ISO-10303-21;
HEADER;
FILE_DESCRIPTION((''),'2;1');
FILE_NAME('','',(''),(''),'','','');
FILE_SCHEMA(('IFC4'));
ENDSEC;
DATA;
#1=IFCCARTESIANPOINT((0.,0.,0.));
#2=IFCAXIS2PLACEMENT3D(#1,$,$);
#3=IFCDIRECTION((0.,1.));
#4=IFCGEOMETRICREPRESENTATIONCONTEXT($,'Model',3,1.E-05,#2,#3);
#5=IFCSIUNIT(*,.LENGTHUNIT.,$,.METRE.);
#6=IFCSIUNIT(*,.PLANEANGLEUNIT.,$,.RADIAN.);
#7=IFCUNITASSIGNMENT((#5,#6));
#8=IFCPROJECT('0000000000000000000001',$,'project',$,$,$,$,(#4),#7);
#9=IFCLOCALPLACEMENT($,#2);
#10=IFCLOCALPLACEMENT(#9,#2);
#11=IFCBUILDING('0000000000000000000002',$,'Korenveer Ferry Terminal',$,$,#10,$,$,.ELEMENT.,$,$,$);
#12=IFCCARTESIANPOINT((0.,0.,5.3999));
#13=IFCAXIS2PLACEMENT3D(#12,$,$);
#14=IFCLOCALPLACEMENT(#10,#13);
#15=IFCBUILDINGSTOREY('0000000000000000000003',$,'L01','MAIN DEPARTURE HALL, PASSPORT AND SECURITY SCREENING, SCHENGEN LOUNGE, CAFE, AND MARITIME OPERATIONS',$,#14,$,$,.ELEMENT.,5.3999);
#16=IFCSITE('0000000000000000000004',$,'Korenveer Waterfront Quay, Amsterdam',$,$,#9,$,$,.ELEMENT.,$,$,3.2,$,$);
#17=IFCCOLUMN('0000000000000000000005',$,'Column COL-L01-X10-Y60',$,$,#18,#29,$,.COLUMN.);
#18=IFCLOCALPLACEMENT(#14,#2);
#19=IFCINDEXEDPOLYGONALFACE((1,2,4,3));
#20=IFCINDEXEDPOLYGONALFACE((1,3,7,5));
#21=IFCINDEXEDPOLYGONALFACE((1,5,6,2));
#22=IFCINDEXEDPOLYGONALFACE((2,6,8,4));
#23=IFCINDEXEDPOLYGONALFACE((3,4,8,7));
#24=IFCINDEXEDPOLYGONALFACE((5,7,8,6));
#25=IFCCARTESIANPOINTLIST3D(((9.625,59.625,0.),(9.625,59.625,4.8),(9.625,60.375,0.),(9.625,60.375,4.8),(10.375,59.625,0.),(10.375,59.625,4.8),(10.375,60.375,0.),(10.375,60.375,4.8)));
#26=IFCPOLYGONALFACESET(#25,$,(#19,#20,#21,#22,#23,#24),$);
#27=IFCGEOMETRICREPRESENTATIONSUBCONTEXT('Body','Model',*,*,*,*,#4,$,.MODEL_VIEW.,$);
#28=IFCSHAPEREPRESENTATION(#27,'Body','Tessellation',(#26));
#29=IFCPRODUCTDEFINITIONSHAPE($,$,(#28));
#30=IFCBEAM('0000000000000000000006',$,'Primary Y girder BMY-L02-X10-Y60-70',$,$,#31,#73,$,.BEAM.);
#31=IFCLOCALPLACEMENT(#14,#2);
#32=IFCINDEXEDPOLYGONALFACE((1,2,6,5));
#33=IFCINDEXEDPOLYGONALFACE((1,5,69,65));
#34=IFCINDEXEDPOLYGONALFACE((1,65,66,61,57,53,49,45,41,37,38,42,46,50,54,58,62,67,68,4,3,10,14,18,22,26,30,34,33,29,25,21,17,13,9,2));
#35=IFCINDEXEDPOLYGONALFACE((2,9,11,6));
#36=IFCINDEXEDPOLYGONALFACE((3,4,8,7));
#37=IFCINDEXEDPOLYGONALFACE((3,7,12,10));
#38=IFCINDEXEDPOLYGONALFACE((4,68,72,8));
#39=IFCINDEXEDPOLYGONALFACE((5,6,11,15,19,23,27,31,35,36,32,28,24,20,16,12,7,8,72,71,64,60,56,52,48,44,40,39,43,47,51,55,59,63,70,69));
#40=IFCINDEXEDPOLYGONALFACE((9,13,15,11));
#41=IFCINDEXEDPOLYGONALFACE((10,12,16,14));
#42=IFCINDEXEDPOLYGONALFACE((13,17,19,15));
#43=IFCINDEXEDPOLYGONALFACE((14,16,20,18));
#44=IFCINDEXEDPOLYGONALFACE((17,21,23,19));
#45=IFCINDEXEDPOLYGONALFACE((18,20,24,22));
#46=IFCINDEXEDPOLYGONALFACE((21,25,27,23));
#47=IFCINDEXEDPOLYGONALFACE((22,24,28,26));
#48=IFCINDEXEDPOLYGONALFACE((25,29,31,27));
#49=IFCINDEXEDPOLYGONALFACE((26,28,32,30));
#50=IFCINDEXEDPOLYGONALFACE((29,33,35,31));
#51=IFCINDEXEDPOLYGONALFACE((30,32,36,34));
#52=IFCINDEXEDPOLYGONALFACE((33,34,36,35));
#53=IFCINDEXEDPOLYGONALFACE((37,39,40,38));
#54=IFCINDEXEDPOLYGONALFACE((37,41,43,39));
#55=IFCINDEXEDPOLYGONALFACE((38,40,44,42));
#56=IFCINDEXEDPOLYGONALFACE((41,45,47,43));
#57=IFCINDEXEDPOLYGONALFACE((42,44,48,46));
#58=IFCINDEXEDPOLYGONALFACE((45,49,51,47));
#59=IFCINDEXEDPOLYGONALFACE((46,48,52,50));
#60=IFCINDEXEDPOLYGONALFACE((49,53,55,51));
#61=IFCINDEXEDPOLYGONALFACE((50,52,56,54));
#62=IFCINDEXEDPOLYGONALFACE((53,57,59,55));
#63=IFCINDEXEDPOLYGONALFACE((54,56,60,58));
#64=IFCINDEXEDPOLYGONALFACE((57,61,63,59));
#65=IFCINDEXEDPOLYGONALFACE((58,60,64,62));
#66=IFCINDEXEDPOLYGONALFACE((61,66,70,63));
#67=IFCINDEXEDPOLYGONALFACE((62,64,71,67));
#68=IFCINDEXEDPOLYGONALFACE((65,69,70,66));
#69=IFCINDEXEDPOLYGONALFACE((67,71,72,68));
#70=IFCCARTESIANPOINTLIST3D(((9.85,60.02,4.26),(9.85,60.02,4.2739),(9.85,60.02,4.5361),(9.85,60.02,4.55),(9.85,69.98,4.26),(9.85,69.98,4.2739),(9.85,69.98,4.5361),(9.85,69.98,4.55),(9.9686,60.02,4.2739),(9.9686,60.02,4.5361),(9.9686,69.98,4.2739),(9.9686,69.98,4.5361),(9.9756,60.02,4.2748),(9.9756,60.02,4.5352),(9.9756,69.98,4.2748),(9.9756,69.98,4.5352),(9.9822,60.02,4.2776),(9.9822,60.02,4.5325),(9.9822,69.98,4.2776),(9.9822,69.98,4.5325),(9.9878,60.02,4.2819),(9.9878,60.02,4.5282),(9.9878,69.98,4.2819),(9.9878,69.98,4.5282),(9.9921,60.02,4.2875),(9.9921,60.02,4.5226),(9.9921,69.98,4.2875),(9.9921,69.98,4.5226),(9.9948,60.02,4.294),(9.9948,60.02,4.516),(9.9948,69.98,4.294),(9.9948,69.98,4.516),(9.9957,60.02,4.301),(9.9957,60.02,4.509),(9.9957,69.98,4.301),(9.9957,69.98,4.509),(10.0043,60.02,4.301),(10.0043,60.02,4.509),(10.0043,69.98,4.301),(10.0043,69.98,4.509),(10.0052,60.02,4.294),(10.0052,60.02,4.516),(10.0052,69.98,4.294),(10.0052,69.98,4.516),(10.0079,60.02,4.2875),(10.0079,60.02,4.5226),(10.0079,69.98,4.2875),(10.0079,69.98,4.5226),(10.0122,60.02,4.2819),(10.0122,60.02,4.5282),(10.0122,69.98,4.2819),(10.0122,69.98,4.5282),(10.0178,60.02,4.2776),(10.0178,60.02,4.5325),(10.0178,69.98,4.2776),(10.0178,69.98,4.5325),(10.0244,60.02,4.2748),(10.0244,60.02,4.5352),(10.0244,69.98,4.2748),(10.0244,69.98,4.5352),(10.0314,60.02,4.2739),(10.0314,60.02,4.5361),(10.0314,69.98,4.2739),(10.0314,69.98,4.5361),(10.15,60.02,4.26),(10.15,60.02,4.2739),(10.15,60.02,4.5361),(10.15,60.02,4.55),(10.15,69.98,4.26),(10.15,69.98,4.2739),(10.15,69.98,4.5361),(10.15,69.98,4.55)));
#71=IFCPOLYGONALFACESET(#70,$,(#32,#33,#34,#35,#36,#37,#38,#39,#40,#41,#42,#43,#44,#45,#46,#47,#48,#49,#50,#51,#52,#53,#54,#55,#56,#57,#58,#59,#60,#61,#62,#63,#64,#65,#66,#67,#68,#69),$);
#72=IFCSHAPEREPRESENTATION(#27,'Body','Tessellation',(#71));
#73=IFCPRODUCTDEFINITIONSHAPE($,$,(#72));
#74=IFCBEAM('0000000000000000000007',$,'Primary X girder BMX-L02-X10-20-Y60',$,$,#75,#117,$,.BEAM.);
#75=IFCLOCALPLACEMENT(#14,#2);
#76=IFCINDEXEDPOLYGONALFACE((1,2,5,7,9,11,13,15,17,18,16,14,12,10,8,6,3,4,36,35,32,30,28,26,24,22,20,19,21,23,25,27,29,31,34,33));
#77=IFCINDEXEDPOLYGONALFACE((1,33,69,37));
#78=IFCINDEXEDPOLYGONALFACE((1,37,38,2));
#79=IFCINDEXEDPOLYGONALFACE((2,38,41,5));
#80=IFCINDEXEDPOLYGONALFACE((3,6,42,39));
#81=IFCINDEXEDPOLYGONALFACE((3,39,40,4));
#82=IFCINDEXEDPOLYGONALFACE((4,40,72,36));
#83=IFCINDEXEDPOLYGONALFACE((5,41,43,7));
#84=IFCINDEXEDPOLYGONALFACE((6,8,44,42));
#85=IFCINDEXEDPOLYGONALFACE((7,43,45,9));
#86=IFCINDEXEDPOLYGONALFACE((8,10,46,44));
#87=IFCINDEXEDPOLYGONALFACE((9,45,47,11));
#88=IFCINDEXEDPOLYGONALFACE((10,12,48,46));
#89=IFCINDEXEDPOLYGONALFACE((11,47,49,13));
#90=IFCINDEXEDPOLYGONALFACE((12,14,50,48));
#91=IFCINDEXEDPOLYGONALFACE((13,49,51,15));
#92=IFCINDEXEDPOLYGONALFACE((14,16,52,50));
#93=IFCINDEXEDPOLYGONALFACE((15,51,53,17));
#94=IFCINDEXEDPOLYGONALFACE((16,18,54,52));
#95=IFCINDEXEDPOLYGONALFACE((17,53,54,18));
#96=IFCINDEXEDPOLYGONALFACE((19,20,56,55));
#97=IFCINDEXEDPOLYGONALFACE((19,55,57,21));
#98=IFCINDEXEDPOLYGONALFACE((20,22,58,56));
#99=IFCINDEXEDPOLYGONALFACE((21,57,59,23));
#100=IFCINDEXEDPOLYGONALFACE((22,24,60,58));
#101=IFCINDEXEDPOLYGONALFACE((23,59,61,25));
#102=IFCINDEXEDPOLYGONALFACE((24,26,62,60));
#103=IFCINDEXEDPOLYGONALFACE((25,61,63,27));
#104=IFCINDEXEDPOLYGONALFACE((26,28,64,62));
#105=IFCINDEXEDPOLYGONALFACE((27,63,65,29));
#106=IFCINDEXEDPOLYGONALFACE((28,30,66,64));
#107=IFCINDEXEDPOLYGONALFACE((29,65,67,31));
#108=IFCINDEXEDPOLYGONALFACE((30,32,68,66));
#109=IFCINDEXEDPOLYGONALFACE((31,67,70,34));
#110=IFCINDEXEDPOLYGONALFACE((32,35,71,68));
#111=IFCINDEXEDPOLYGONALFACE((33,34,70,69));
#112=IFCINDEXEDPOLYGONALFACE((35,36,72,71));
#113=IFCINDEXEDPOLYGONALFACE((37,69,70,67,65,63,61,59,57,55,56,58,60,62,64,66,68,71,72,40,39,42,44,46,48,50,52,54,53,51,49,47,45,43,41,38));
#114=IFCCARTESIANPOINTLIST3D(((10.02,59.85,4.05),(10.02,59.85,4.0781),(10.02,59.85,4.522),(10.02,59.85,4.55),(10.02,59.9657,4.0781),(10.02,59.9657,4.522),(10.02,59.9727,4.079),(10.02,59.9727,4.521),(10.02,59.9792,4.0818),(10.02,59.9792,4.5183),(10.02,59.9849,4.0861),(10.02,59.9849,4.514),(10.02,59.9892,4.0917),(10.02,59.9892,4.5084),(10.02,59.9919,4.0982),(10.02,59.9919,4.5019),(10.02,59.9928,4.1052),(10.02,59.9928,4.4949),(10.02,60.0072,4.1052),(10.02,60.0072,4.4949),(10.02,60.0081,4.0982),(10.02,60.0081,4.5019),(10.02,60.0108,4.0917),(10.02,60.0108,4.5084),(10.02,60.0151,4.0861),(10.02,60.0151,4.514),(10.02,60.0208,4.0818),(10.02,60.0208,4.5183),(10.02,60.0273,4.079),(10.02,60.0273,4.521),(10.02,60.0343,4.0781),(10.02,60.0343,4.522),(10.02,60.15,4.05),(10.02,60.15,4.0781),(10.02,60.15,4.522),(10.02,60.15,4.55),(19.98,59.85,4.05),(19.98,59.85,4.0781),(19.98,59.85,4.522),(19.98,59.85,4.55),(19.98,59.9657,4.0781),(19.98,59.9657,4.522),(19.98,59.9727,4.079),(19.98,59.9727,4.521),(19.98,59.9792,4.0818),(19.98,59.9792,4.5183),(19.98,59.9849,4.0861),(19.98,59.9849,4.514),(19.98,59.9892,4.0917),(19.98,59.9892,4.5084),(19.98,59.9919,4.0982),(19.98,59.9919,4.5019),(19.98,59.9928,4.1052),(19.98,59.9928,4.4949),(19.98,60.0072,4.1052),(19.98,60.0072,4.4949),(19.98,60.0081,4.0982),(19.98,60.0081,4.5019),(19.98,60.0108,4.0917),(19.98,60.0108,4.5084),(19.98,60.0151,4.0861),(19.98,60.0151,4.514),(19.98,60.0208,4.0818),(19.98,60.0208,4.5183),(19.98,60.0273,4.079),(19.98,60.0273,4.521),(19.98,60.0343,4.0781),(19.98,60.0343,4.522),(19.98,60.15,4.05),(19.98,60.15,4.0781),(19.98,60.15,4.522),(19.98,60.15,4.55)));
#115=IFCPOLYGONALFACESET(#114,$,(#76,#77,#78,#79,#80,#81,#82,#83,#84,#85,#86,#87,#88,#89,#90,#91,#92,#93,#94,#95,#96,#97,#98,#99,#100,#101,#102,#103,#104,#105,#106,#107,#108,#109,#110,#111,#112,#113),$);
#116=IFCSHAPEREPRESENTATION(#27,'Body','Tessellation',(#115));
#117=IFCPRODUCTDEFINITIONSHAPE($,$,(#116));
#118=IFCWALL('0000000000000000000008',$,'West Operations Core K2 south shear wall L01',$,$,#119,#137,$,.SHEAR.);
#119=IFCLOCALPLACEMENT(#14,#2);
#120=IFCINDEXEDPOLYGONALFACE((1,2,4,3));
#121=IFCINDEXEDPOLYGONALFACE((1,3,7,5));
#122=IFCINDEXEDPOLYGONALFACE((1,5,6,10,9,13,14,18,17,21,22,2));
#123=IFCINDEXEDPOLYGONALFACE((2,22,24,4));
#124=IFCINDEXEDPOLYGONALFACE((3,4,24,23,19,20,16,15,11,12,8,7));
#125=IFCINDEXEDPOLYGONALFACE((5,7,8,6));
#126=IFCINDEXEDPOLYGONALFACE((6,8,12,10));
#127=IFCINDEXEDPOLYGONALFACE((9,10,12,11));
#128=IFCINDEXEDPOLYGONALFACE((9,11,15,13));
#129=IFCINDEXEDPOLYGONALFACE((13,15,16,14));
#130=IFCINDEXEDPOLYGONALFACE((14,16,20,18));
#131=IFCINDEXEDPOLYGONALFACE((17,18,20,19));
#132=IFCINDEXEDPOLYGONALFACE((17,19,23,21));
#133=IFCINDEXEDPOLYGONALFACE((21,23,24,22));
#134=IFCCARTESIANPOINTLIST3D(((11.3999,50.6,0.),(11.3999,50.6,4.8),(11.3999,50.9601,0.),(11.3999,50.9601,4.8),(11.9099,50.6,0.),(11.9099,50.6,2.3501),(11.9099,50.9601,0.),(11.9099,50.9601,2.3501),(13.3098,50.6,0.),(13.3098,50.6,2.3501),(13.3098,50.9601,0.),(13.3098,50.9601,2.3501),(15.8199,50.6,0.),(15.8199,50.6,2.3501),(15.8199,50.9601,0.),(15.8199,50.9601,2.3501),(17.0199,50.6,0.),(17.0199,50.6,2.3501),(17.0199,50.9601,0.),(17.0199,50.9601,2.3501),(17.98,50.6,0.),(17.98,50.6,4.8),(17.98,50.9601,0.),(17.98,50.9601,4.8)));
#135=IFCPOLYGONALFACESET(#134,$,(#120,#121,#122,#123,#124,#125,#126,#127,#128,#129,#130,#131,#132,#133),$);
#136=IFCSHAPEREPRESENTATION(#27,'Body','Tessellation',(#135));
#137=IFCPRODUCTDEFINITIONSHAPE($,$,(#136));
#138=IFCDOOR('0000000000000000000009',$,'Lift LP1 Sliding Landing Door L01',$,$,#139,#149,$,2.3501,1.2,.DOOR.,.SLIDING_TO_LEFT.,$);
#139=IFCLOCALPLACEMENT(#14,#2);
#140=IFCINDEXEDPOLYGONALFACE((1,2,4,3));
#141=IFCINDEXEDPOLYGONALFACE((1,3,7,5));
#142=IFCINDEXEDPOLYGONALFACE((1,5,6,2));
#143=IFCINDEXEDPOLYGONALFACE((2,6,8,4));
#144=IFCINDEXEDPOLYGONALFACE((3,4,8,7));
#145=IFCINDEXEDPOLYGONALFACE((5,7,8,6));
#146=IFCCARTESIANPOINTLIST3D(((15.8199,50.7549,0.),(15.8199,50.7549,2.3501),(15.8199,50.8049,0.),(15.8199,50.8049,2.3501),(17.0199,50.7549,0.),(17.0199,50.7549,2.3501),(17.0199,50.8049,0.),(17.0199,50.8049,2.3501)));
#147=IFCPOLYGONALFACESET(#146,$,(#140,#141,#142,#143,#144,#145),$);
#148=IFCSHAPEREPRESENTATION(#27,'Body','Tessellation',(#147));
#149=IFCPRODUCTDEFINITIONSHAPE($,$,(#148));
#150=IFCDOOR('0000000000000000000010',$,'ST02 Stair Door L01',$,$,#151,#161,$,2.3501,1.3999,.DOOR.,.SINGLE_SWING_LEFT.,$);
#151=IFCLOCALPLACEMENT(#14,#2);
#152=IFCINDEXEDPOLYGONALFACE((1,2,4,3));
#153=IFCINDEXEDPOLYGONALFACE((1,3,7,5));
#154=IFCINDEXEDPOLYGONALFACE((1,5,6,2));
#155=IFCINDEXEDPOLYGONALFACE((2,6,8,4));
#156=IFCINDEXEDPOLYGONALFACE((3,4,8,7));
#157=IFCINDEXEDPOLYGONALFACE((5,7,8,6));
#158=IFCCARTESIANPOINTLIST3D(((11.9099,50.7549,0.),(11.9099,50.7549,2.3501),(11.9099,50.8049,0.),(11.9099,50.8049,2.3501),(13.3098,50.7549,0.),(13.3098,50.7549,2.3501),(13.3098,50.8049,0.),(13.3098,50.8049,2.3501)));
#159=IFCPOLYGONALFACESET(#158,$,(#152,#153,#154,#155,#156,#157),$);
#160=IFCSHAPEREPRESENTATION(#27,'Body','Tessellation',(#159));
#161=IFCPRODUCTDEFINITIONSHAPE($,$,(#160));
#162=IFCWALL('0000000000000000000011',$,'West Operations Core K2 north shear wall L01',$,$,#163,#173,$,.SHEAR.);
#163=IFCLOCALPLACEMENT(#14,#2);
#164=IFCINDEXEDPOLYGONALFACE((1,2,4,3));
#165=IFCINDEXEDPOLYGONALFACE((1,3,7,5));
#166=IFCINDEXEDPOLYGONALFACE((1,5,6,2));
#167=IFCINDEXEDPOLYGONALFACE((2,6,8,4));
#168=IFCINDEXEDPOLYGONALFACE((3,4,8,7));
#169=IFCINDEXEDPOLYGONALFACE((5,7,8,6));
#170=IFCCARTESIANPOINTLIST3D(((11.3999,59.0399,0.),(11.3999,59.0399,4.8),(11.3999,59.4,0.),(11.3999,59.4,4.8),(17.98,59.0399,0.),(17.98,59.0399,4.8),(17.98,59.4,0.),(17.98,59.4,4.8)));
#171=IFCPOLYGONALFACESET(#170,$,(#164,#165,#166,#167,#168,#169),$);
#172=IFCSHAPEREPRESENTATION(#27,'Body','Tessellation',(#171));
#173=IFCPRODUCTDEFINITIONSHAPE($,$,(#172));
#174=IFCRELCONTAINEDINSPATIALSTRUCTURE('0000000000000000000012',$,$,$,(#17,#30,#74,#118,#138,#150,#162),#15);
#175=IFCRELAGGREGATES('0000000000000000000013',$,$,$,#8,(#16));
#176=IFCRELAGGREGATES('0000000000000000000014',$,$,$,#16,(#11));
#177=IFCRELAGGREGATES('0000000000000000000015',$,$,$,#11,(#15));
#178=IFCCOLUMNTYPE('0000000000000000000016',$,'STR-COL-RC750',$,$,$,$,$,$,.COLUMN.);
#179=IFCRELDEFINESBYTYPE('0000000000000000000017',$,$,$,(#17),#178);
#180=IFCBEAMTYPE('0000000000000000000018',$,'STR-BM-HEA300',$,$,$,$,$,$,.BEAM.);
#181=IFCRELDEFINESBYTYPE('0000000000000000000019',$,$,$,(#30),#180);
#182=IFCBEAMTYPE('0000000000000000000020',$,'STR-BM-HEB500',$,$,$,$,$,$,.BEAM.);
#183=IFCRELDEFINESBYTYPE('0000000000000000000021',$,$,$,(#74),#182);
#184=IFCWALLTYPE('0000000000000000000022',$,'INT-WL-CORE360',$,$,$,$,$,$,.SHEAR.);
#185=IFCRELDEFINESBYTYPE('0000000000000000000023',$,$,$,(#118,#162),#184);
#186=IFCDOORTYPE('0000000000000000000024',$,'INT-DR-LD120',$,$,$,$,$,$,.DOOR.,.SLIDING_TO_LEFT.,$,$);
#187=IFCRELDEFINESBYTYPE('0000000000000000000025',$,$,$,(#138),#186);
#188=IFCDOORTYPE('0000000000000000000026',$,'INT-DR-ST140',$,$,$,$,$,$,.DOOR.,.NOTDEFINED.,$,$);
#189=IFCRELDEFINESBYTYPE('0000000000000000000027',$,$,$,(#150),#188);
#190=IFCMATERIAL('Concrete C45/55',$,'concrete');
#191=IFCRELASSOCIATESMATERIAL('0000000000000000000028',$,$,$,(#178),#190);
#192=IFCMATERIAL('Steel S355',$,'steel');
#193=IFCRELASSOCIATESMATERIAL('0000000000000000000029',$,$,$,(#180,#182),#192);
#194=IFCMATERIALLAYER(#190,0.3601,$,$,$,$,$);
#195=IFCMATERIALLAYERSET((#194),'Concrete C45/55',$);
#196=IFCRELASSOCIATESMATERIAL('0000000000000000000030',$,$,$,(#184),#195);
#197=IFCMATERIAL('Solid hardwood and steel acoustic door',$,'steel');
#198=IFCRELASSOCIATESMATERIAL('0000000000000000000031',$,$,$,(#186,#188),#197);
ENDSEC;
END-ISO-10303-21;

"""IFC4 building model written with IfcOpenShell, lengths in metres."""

from ifc_helpers import new_model, si_unit, direction, frame, frame_2d, origin, origin_2d, place, context, subcontext, project, spatial, rectangle, i_section, extrude, material, layer, layer_set, material_profile, profile_set, type_object, element, fill, save


model = new_model("IFC4")

# Units and contexts
model_context = context("Model", 3, precision=1e-05, world=origin(), true_north=direction((0.0, 1.0)))
body_context = subcontext(model_context, "Body", "Model", "MODEL_VIEW")
ifc_project = project(units=[si_unit("LENGTHUNIT", "METRE"), si_unit("PLANEANGLEUNIT", "RADIAN")], contexts=[model_context])

# Site, building, storey
site_placement = place(None, origin())
site = spatial("IfcSite", under=ifc_project, at=site_placement, Name="Korenveer Waterfront Quay, Amsterdam", CompositionType="ELEMENT", RefElevation=3.2)
building_placement = place(site_placement, origin())
building = spatial("IfcBuilding", under=site, at=building_placement, Name="Korenveer Ferry Terminal", CompositionType="ELEMENT")
storey_placement = place(building_placement, frame((0.0, 0.0, 5.3999)))
storey = spatial("IfcBuildingStorey", under=building, at=storey_placement, Name="L01", Description="MAIN DEPARTURE HALL, PASSPORT AND SECURITY SCREENING, SCHENGEN LOUNGE, CAFE, AND MARITIME OPERATIONS", CompositionType="ELEMENT", Elevation=5.3999)

# Column
ifc_material_1 = material(Name="Concrete C45/55", Category="concrete")
ifc_material_profile_1 = material_profile(ifc_material_1, rectangle(XDim=0.75, YDim=0.75, at=origin_2d()), Name="RC 750x750")
ifc_profile_set_1 = profile_set([ifc_material_profile_1], Name="Concrete C45/55")
column_type = type_object("IfcColumnType", Name="STR-COL-RC750", PredefinedType="COLUMN", material=ifc_profile_set_1)
column_placement = place(storey_placement, frame((10.0, 60.0, 0.0), z_axis=(0.0, 0.0, 1.0), x_axis=(1.0, 0.0, 0.0)))
element("IfcColumn", 1, at=column_placement, inside=storey, type_object=column_type, Name="Column COL-L01-X10-Y60", PredefinedType="COLUMN", context=body_context, shape_type="SweptSolid", body=[
    extrude(rectangle(XDim=0.75, YDim=0.75, at=origin_2d()), origin(), (0.0, 0.0, 1.0), 4.8),
])

# Beams
ifc_material_2 = material(Name="Steel S355", Category="steel")
ifc_material_profile_2 = material_profile(ifc_material_2, i_section(OverallWidth=0.3, OverallDepth=0.29, WebThickness=0.0085, FlangeThickness=0.0139, FilletRadius=0.0271, at=origin_2d()), Name="HEA 300")
ifc_profile_set_2 = profile_set([ifc_material_profile_2], Name="Steel S355")
beam_type_1 = type_object("IfcBeamType", Name="STR-BM-HEA300", PredefinedType="BEAM", material=ifc_profile_set_2)
beam_1_placement = place(storey_placement, frame((10.0, 60.02, 4.405), z_axis=(0.0, 1.0, 0.0), x_axis=(-1.0, 0.0, 0.0)))
element("IfcBeam", 2, at=beam_1_placement, inside=storey, type_object=beam_type_1, Name="Primary Y girder BMY-L02-X10-Y60-70", PredefinedType="BEAM", context=body_context, shape_type="SweptSolid", body=[
    extrude(i_section(OverallWidth=0.3, OverallDepth=0.29, WebThickness=0.0085, FlangeThickness=0.0139, FilletRadius=0.0271, at=origin_2d()), origin(), (0.0, 0.0, 1.0), 9.96),
])
ifc_material_profile_3 = material_profile(ifc_material_2, i_section(OverallWidth=0.3, OverallDepth=0.5, WebThickness=0.0144, FlangeThickness=0.0281, FilletRadius=0.0271, at=origin_2d()), Name="HEB 500")
ifc_profile_set_3 = profile_set([ifc_material_profile_3], Name="Steel S355")
beam_type_2 = type_object("IfcBeamType", Name="STR-BM-HEB500", PredefinedType="BEAM", material=ifc_profile_set_3)
beam_2_placement = place(storey_placement, frame((10.02, 60.0, 4.3), z_axis=(1.0, 0.0, 0.0), x_axis=(0.0, 1.0, 0.0)))
element("IfcBeam", 3, at=beam_2_placement, inside=storey, type_object=beam_type_2, Name="Primary X girder BMX-L02-X10-20-Y60", PredefinedType="BEAM", context=body_context, shape_type="SweptSolid", body=[
    extrude(i_section(OverallWidth=0.3, OverallDepth=0.5, WebThickness=0.0144, FlangeThickness=0.0281, FilletRadius=0.0271, at=origin_2d()), origin(), (0.0, 0.0, 1.0), 9.96),
])

# Wall, openings, doors
ifc_layer_1 = layer(ifc_material_1, 0.3601)
ifc_layer_set_1 = layer_set([ifc_layer_1], Name="Concrete C45/55")
wall_type_1 = type_object("IfcWallType", Name="INT-WL-CORE360", PredefinedType="SHEAR", material=ifc_layer_set_1)
wall_1_placement = place(storey_placement, frame((11.3999, 50.78, 0.0), z_axis=(0.0, 0.0, 1.0), x_axis=(1.0, 0.0, 0.0)))
wall_1 = element("IfcWall", 4, at=wall_1_placement, inside=storey, type_object=wall_type_1, Name="West Operations Core K2 south shear wall L01", PredefinedType="SHEAR", context=body_context, shape_type="SweptSolid", body=[
    extrude(rectangle(XDim=6.5801, YDim=0.3601, at=frame_2d((3.29, 0.0))), origin(), (0.0, 0.0, 1.0), 4.8),
])
opening_1_placement = place(wall_1_placement, frame((0.51, 0.0, 0.0)))
opening_1 = element("IfcOpeningElement", 5, at=opening_1_placement, cuts=wall_1, PredefinedType="OPENING", context=body_context, shape_type="SweptSolid", body=[
    extrude(rectangle(XDim=1.3999, YDim=2.3501, at=frame_2d((0.7, 1.175))), frame((0.0, 0.1899, 0.0), z_axis=(0.0, -1.0, 0.0), x_axis=(1.0, 0.0, 0.0)), (0.0, 0.0, 1.0), 0.3801),
])
opening_2_placement = place(wall_1_placement, frame((4.4199, 0.0, 0.0)))
opening_2 = element("IfcOpeningElement", 6, at=opening_2_placement, cuts=wall_1, PredefinedType="OPENING", context=body_context, shape_type="SweptSolid", body=[
    extrude(rectangle(XDim=1.2, YDim=2.3501, at=frame_2d((0.6001, 1.175))), frame((0.0, 0.1899, 0.0), z_axis=(0.0, -1.0, 0.0), x_axis=(1.0, 0.0, 0.0)), (0.0, 0.0, 1.0), 0.3801),
])
ifc_material_3 = material(Name="Solid hardwood and steel acoustic door", Category="steel")
door_type_1 = type_object("IfcDoorType", Name="INT-DR-LD120", OperationType="SLIDING_TO_LEFT", PredefinedType="DOOR", material=ifc_material_3)
door_1_placement = place(opening_2_placement, origin())
door_1 = element("IfcDoor", 7, at=door_1_placement, inside=storey, type_object=door_type_1, Name="Lift LP1 Sliding Landing Door L01", OperationType="SLIDING_TO_LEFT", OverallHeight=2.3501, OverallWidth=1.2, PredefinedType="DOOR", context=body_context, shape_type="SweptSolid", body=[
    extrude(rectangle(XDim=1.2, YDim=2.3501, at=frame_2d((0.6001, 1.175))), frame((0.0, 0.0249, 0.0), z_axis=(0.0, -1.0, 0.0), x_axis=(1.0, 0.0, 0.0)), (0.0, 0.0, 1.0), 0.05),
])
fill(opening_2, door_1)
door_type_2 = type_object("IfcDoorType", Name="INT-DR-ST140", OperationType="NOTDEFINED", PredefinedType="DOOR", material=ifc_material_3)
door_2_placement = place(opening_1_placement, origin())
door_2 = element("IfcDoor", 8, at=door_2_placement, inside=storey, type_object=door_type_2, Name="ST02 Stair Door L01", OperationType="SINGLE_SWING_LEFT", OverallHeight=2.3501, OverallWidth=1.3999, PredefinedType="DOOR", context=body_context, shape_type="SweptSolid", body=[
    extrude(rectangle(XDim=1.3999, YDim=2.3501, at=frame_2d((0.7, 1.175))), frame((0.0, 0.0249, 0.0), z_axis=(0.0, -1.0, 0.0), x_axis=(1.0, 0.0, 0.0)), (0.0, 0.0, 1.0), 0.05),
])
fill(opening_1, door_2)

# Wall
wall_2_placement = place(storey_placement, frame((11.3999, 59.22, 0.0), z_axis=(0.0, 0.0, 1.0), x_axis=(1.0, 0.0, 0.0)))
element("IfcWall", 9, at=wall_2_placement, inside=storey, type_object=wall_type_1, Name="West Operations Core K2 north shear wall L01", PredefinedType="SHEAR", context=body_context, shape_type="SweptSolid", body=[
    extrude(rectangle(XDim=6.5801, YDim=0.3601, at=frame_2d((3.29, 0.0))), origin(), (0.0, 0.0, 1.0), 4.8),
])

save(model, "model.ifc")
